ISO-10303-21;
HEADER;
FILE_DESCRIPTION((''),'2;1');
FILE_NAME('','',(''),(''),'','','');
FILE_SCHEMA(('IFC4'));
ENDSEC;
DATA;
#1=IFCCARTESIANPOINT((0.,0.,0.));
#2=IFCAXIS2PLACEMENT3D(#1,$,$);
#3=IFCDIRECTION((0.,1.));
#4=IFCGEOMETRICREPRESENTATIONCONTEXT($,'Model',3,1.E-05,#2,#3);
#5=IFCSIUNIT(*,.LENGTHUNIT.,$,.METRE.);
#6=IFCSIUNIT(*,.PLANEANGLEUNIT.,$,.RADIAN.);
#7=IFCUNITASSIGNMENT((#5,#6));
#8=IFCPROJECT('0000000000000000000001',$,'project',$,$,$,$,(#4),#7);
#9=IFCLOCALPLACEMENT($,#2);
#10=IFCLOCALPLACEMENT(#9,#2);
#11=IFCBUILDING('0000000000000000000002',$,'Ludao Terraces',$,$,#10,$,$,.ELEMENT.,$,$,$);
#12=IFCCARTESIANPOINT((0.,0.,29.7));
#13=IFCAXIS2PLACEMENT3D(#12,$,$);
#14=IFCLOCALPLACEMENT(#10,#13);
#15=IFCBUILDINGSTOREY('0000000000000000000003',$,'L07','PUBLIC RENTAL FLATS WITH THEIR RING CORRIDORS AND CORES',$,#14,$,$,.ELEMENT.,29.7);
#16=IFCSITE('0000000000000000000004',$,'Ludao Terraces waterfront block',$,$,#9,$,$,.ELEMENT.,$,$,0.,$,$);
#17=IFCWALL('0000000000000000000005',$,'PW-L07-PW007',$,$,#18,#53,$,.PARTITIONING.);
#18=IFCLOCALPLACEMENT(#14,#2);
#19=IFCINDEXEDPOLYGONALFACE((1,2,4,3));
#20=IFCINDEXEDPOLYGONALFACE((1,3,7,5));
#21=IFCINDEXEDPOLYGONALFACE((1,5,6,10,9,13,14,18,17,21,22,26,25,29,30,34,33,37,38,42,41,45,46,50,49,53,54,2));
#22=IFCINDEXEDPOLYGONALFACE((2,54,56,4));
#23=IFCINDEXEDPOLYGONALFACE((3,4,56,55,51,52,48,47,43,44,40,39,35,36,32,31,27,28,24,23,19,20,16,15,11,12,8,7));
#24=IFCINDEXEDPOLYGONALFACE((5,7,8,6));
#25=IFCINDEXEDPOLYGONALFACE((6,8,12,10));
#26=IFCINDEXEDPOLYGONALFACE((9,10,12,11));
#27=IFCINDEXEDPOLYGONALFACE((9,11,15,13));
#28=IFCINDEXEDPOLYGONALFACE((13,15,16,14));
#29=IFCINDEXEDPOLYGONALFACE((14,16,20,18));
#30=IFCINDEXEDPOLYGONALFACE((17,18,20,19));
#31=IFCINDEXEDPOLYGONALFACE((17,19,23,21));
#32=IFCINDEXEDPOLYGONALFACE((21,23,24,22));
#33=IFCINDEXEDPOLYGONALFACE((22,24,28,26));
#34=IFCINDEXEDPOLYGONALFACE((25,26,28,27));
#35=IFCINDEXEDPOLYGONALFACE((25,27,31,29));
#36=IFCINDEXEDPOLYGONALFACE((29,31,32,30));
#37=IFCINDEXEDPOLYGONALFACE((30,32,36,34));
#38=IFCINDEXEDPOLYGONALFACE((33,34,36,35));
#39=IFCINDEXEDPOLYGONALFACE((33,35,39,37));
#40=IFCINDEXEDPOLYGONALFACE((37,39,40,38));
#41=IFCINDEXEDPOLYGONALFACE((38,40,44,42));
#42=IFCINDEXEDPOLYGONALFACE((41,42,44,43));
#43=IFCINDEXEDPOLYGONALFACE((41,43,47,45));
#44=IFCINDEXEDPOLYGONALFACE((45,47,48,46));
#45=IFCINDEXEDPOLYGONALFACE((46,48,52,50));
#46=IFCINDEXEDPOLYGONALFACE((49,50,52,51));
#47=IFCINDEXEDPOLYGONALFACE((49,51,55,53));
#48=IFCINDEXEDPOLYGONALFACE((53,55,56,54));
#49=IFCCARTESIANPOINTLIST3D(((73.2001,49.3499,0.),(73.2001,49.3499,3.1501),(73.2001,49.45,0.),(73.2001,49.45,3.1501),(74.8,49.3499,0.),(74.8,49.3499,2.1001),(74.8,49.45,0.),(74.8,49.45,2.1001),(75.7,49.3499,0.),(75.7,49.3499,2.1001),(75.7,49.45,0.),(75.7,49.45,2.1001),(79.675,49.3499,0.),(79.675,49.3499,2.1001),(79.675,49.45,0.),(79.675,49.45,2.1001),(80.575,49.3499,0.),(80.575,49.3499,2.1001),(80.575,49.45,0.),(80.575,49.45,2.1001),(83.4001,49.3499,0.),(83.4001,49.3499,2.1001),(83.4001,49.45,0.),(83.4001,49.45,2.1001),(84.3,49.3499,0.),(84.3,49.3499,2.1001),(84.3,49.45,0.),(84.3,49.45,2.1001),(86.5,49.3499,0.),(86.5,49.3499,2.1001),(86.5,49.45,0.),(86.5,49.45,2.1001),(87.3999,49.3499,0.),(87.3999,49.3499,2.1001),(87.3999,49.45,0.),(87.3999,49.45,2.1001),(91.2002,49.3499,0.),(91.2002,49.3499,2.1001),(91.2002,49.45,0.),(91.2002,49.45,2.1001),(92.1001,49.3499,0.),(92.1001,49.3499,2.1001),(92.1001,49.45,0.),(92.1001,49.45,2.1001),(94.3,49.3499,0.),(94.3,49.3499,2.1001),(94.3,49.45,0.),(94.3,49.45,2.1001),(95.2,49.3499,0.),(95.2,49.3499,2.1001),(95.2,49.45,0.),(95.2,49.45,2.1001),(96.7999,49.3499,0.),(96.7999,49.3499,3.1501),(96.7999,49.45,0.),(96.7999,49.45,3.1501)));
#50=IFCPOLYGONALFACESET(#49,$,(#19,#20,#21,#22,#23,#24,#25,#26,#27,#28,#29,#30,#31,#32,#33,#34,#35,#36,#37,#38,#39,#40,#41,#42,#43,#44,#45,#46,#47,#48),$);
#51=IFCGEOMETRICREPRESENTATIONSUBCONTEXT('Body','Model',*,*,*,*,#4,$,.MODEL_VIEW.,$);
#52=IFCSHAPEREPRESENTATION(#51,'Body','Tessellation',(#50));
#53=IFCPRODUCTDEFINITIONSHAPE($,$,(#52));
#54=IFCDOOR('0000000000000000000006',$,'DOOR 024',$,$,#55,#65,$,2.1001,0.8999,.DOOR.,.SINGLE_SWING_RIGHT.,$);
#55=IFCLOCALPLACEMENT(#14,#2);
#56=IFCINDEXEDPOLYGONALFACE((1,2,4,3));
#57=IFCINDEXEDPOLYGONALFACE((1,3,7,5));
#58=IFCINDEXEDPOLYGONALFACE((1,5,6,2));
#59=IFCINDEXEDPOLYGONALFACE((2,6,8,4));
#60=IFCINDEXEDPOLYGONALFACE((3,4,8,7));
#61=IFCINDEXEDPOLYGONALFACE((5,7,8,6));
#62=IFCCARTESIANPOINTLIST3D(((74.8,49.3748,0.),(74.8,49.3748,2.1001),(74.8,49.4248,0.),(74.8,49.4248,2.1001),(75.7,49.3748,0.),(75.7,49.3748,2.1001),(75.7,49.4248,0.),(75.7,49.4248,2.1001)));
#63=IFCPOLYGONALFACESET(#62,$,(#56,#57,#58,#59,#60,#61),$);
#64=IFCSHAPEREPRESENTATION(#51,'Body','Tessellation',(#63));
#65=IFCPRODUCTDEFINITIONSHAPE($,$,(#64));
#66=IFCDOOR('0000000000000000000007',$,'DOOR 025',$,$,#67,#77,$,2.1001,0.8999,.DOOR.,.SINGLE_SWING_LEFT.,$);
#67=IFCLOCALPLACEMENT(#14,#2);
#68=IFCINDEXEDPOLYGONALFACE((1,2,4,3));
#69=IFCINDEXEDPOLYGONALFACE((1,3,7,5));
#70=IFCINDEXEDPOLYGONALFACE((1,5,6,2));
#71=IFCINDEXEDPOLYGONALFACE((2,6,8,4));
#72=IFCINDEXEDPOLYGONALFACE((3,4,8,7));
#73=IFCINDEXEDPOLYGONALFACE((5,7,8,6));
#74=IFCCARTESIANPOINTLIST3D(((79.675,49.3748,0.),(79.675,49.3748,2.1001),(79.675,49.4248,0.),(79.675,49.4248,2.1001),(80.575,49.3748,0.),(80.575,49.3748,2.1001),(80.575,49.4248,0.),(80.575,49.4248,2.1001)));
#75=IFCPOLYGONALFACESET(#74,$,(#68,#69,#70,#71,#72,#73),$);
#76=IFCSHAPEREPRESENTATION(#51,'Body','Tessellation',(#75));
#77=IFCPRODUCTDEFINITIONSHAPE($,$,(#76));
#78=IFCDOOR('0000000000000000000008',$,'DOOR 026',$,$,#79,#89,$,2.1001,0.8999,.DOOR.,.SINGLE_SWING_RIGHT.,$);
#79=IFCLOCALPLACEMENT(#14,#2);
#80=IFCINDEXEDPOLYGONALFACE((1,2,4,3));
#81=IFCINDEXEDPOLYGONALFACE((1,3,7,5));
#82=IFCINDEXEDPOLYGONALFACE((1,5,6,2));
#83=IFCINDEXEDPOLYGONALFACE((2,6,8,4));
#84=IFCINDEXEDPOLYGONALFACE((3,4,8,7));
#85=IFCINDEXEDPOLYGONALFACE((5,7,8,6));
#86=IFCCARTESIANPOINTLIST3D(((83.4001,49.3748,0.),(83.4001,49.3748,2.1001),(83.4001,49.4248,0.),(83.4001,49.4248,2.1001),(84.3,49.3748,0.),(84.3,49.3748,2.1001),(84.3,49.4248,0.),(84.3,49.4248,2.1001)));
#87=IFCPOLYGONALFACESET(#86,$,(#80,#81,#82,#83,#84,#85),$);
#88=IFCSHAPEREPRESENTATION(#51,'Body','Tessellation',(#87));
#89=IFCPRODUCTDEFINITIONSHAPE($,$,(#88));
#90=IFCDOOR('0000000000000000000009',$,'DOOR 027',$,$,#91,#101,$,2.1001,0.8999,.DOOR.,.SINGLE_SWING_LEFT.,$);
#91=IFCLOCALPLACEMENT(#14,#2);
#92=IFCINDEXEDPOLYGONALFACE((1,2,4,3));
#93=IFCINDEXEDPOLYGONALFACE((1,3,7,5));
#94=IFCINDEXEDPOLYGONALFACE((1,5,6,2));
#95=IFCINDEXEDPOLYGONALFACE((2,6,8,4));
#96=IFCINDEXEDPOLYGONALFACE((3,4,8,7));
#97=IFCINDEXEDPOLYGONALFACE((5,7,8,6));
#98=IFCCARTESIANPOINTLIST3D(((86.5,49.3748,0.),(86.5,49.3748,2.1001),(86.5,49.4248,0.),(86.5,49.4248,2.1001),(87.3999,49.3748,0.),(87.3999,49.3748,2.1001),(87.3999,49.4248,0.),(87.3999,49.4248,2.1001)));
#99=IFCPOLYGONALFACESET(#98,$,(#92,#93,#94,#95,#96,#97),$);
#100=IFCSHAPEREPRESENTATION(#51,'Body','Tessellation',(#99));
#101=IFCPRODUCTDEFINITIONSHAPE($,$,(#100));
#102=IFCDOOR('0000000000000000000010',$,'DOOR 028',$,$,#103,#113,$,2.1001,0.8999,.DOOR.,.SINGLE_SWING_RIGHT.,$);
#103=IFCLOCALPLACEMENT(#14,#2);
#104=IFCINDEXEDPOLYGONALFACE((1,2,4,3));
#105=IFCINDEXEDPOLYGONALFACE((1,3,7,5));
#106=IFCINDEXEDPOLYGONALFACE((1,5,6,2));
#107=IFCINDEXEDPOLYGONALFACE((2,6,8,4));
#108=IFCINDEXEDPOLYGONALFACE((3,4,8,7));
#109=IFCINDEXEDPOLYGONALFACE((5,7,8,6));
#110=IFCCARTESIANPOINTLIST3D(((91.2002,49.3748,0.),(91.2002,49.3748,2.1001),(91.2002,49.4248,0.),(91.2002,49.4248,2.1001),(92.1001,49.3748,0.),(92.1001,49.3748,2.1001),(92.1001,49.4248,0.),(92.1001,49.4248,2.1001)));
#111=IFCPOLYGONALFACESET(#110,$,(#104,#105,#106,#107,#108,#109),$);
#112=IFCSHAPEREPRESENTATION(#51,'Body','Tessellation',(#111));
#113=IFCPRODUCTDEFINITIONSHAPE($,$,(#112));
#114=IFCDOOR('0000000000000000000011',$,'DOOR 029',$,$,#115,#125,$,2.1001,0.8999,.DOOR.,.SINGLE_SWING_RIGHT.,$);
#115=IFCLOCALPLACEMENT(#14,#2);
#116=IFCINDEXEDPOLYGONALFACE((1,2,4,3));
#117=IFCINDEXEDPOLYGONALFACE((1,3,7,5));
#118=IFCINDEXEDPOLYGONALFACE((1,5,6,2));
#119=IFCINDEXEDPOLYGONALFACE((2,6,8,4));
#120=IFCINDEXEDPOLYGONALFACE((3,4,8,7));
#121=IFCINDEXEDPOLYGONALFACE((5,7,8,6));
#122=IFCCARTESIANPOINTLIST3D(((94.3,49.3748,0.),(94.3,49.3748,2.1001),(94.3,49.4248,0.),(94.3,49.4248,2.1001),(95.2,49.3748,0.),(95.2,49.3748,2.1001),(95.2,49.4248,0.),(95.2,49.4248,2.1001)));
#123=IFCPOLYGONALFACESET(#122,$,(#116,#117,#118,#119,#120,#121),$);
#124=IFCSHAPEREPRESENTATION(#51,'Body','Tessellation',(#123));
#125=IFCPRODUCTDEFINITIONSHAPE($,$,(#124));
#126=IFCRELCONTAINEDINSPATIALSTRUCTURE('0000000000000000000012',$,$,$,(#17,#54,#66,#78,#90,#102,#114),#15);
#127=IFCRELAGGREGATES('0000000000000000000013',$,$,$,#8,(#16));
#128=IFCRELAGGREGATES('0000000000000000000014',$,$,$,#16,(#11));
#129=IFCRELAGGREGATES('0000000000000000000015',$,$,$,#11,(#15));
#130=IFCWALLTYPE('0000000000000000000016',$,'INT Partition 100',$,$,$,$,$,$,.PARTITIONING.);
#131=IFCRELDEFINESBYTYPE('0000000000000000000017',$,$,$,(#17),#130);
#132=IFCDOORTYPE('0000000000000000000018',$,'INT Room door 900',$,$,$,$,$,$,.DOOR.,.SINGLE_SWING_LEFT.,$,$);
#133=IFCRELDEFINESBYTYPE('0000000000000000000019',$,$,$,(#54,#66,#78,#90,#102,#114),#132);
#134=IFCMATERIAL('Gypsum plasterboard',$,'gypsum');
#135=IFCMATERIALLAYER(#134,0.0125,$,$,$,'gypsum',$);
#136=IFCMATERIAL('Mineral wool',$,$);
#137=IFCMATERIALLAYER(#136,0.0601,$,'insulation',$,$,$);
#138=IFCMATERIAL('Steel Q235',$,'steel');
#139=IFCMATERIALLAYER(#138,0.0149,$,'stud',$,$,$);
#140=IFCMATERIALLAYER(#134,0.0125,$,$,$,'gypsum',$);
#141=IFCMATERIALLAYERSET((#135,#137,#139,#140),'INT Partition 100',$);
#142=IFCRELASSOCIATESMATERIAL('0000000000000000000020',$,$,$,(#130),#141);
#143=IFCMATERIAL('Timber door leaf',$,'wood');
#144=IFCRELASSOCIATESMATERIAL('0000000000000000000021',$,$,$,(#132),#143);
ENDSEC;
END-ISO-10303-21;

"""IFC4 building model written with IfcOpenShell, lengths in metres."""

from ifc_helpers import new_model, si_unit, direction, frame, frame_2d, origin, place, context, subcontext, project, spatial, rectangle, extrude, material, layer, layer_set, type_object, element, fill, save


model = new_model("IFC4")

# Units and contexts
model_context = context("Model", 3, precision=1e-05, world=origin(), true_north=direction((0.0, 1.0)))
body_context = subcontext(model_context, "Body", "Model", "MODEL_VIEW")
ifc_project = project(units=[si_unit("LENGTHUNIT", "METRE"), si_unit("PLANEANGLEUNIT", "RADIAN")], contexts=[model_context])

# Site, building, storey
site_placement = place(None, origin())
site = spatial("IfcSite", under=ifc_project, at=site_placement, Name="Ludao Terraces waterfront block", CompositionType="ELEMENT", RefElevation=0.0)
building_placement = place(site_placement, origin())
building = spatial("IfcBuilding", under=site, at=building_placement, Name="Ludao Terraces", CompositionType="ELEMENT")
storey_placement = place(building_placement, frame((0.0, 0.0, 29.7)))
storey = spatial("IfcBuildingStorey", under=building, at=storey_placement, Name="L07", Description="PUBLIC RENTAL FLATS WITH THEIR RING CORRIDORS AND CORES", CompositionType="ELEMENT", Elevation=29.7)

# Wall, openings, doors
ifc_material_1 = material(Name="Gypsum plasterboard", Category="gypsum")
ifc_layer_1 = layer(ifc_material_1, 0.0125, Category="gypsum")
ifc_material_2 = material(Name="Mineral wool")
ifc_layer_2 = layer(ifc_material_2, 0.0601, Name="insulation")
ifc_material_3 = material(Name="Steel Q235", Category="steel")
ifc_layer_3 = layer(ifc_material_3, 0.0149, Name="stud")
ifc_layer_4 = layer(ifc_material_1, 0.0125, Category="gypsum")
ifc_layer_set = layer_set([ifc_layer_1, ifc_layer_2, ifc_layer_3, ifc_layer_4], Name="INT Partition 100")
wall_type = type_object("IfcWallType", Name="INT Partition 100", PredefinedType="PARTITIONING", material=ifc_layer_set)
ifc_material_4 = material(Name="Timber door leaf", Category="wood")
door_type_1 = type_object("IfcDoorType", Name="INT Room door 900", OperationType="SINGLE_SWING_LEFT", PredefinedType="DOOR", material=ifc_material_4)
wall_1_placement = place(storey_placement, frame((73.2002, 49.3999, 0.0), z_axis=(0.0, 0.0, 1.0), x_axis=(1.0, 0.0, 0.0)))
wall_1 = element("IfcWall", 1, at=wall_1_placement, inside=storey, type_object=wall_type, Name="PW-L07-PW007", PredefinedType="PARTITIONING", context=body_context, shape_type="SweptSolid", body=[
    extrude(rectangle(XDim=23.5999, YDim=0.1001, at=frame_2d((11.7998, 0.0))), origin(), (0.0, 0.0, 1.0), 3.1501),
])
opening_1_placement = place(wall_1_placement, frame((1.5999, 0.0, 0.0)))
opening_1 = element("IfcOpeningElement", 2, at=opening_1_placement, cuts=wall_1, PredefinedType="OPENING", context=body_context, shape_type="SweptSolid", body=[
    extrude(rectangle(XDim=0.8999, YDim=2.1001, at=frame_2d((0.45, 1.05))), frame((0.0, 0.0601, 0.0), z_axis=(0.0, -1.0, 0.0), x_axis=(1.0, 0.0, 0.0)), (0.0, 0.0, 1.0), 0.1201),
])
opening_2_placement = place(wall_1_placement, frame((6.4749, 0.0, 0.0)))
opening_2 = element("IfcOpeningElement", 3, at=opening_2_placement, cuts=wall_1, PredefinedType="OPENING", context=body_context, shape_type="SweptSolid", body=[
    extrude(rectangle(XDim=0.8999, YDim=2.1001, at=frame_2d((0.45, 1.05))), frame((0.0, 0.0601, 0.0), z_axis=(0.0, -1.0, 0.0), x_axis=(1.0, 0.0, 0.0)), (0.0, 0.0, 1.0), 0.1201),
])
opening_3_placement = place(wall_1_placement, frame((10.2, 0.0, 0.0)))
opening_3 = element("IfcOpeningElement", 4, at=opening_3_placement, cuts=wall_1, PredefinedType="OPENING", context=body_context, shape_type="SweptSolid", body=[
    extrude(rectangle(XDim=0.8999, YDim=2.1001, at=frame_2d((0.45, 1.05))), frame((0.0, 0.0601, 0.0), z_axis=(0.0, -1.0, 0.0), x_axis=(1.0, 0.0, 0.0)), (0.0, 0.0, 1.0), 0.1201),
])
opening_4_placement = place(wall_1_placement, frame((13.2998, 0.0, 0.0)))
opening_4 = element("IfcOpeningElement", 5, at=opening_4_placement, cuts=wall_1, PredefinedType="OPENING", context=body_context, shape_type="SweptSolid", body=[
    extrude(rectangle(XDim=0.8999, YDim=2.1001, at=frame_2d((0.45, 1.05))), frame((0.0, 0.0601, 0.0), z_axis=(0.0, -1.0, 0.0), x_axis=(1.0, 0.0, 0.0)), (0.0, 0.0, 1.0), 0.1201),
])
opening_5_placement = place(wall_1_placement, frame((18.0, 0.0, 0.0)))
opening_5 = element("IfcOpeningElement", 6, at=opening_5_placement, cuts=wall_1, PredefinedType="OPENING", context=body_context, shape_type="SweptSolid", body=[
    extrude(rectangle(XDim=0.8999, YDim=2.1001, at=frame_2d((0.45, 1.05))), frame((0.0, 0.0601, 0.0), z_axis=(0.0, -1.0, 0.0), x_axis=(1.0, 0.0, 0.0)), (0.0, 0.0, 1.0), 0.1201),
])
opening_6_placement = place(wall_1_placement, frame((21.0999, 0.0, 0.0)))
opening_6 = element("IfcOpeningElement", 7, at=opening_6_placement, cuts=wall_1, PredefinedType="OPENING", context=body_context, shape_type="SweptSolid", body=[
    extrude(rectangle(XDim=0.8999, YDim=2.1001, at=frame_2d((0.45, 1.05))), frame((0.0, 0.0601, 0.0), z_axis=(0.0, -1.0, 0.0), x_axis=(1.0, 0.0, 0.0)), (0.0, 0.0, 1.0), 0.1201),
])
door_1_placement = place(opening_1_placement, origin())
door_1 = element("IfcDoor", 8, at=door_1_placement, inside=storey, type_object=door_type_1, Name="DOOR 024", OperationType="SINGLE_SWING_RIGHT", OverallHeight=2.1001, OverallWidth=0.8999, PredefinedType="DOOR", context=body_context, shape_type="SweptSolid", body=[
    extrude(rectangle(XDim=0.8999, YDim=2.1001, at=frame_2d((0.45, 1.05))), frame((0.0, 0.0249, 0.0), z_axis=(0.0, -1.0, 0.0), x_axis=(1.0, 0.0, 0.0)), (0.0, 0.0, 1.0), 0.05),
])
fill(opening_1, door_1)
door_2_placement = place(opening_2_placement, origin())
door_2 = element("IfcDoor", 9, at=door_2_placement, inside=storey, type_object=door_type_1, Name="DOOR 025", OperationType="SINGLE_SWING_LEFT", OverallHeight=2.1001, OverallWidth=0.8999, PredefinedType="DOOR", context=body_context, shape_type="SweptSolid", body=[
    extrude(rectangle(XDim=0.8999, YDim=2.1001, at=frame_2d((0.45, 1.05))), frame((0.0, 0.0249, 0.0), z_axis=(0.0, -1.0, 0.0), x_axis=(1.0, 0.0, 0.0)), (0.0, 0.0, 1.0), 0.05),
])
fill(opening_2, door_2)
door_3_placement = place(opening_3_placement, origin())
door_3 = element("IfcDoor", 10, at=door_3_placement, inside=storey, type_object=door_type_1, Name="DOOR 026", OperationType="SINGLE_SWING_RIGHT", OverallHeight=2.1001, OverallWidth=0.8999, PredefinedType="DOOR", context=body_context, shape_type="SweptSolid", body=[
    extrude(rectangle(XDim=0.8999, YDim=2.1001, at=frame_2d((0.45, 1.05))), frame((0.0, 0.0249, 0.0), z_axis=(0.0, -1.0, 0.0), x_axis=(1.0, 0.0, 0.0)), (0.0, 0.0, 1.0), 0.05),
])
fill(opening_3, door_3)
door_4_placement = place(opening_4_placement, origin())
door_4 = element("IfcDoor", 11, at=door_4_placement, inside=storey, type_object=door_type_1, Name="DOOR 027", OperationType="SINGLE_SWING_LEFT", OverallHeight=2.1001, OverallWidth=0.8999, PredefinedType="DOOR", context=body_context, shape_type="SweptSolid", body=[
    extrude(rectangle(XDim=0.8999, YDim=2.1001, at=frame_2d((0.45, 1.05))), frame((0.0, 0.0249, 0.0), z_axis=(0.0, -1.0, 0.0), x_axis=(1.0, 0.0, 0.0)), (0.0, 0.0, 1.0), 0.05),
])
fill(opening_4, door_4)
door_5_placement = place(opening_5_placement, origin())
door_5 = element("IfcDoor", 12, at=door_5_placement, inside=storey, type_object=door_type_1, Name="DOOR 028", OperationType="SINGLE_SWING_RIGHT", OverallHeight=2.1001, OverallWidth=0.8999, PredefinedType="DOOR", context=body_context, shape_type="SweptSolid", body=[
    extrude(rectangle(XDim=0.8999, YDim=2.1001, at=frame_2d((0.45, 1.05))), frame((0.0, 0.0249, 0.0), z_axis=(0.0, -1.0, 0.0), x_axis=(1.0, 0.0, 0.0)), (0.0, 0.0, 1.0), 0.05),
])
fill(opening_5, door_5)
door_6_placement = place(opening_6_placement, origin())
door_6 = element("IfcDoor", 13, at=door_6_placement, inside=storey, type_object=door_type_1, Name="DOOR 029", OperationType="SINGLE_SWING_RIGHT", OverallHeight=2.1001, OverallWidth=0.8999, PredefinedType="DOOR", context=body_context, shape_type="SweptSolid", body=[
    extrude(rectangle(XDim=0.8999, YDim=2.1001, at=frame_2d((0.45, 1.05))), frame((0.0, 0.0249, 0.0), z_axis=(0.0, -1.0, 0.0), x_axis=(1.0, 0.0, 0.0)), (0.0, 0.0, 1.0), 0.05),
])
fill(opening_6, door_6)

save(model, "model.ifc")
